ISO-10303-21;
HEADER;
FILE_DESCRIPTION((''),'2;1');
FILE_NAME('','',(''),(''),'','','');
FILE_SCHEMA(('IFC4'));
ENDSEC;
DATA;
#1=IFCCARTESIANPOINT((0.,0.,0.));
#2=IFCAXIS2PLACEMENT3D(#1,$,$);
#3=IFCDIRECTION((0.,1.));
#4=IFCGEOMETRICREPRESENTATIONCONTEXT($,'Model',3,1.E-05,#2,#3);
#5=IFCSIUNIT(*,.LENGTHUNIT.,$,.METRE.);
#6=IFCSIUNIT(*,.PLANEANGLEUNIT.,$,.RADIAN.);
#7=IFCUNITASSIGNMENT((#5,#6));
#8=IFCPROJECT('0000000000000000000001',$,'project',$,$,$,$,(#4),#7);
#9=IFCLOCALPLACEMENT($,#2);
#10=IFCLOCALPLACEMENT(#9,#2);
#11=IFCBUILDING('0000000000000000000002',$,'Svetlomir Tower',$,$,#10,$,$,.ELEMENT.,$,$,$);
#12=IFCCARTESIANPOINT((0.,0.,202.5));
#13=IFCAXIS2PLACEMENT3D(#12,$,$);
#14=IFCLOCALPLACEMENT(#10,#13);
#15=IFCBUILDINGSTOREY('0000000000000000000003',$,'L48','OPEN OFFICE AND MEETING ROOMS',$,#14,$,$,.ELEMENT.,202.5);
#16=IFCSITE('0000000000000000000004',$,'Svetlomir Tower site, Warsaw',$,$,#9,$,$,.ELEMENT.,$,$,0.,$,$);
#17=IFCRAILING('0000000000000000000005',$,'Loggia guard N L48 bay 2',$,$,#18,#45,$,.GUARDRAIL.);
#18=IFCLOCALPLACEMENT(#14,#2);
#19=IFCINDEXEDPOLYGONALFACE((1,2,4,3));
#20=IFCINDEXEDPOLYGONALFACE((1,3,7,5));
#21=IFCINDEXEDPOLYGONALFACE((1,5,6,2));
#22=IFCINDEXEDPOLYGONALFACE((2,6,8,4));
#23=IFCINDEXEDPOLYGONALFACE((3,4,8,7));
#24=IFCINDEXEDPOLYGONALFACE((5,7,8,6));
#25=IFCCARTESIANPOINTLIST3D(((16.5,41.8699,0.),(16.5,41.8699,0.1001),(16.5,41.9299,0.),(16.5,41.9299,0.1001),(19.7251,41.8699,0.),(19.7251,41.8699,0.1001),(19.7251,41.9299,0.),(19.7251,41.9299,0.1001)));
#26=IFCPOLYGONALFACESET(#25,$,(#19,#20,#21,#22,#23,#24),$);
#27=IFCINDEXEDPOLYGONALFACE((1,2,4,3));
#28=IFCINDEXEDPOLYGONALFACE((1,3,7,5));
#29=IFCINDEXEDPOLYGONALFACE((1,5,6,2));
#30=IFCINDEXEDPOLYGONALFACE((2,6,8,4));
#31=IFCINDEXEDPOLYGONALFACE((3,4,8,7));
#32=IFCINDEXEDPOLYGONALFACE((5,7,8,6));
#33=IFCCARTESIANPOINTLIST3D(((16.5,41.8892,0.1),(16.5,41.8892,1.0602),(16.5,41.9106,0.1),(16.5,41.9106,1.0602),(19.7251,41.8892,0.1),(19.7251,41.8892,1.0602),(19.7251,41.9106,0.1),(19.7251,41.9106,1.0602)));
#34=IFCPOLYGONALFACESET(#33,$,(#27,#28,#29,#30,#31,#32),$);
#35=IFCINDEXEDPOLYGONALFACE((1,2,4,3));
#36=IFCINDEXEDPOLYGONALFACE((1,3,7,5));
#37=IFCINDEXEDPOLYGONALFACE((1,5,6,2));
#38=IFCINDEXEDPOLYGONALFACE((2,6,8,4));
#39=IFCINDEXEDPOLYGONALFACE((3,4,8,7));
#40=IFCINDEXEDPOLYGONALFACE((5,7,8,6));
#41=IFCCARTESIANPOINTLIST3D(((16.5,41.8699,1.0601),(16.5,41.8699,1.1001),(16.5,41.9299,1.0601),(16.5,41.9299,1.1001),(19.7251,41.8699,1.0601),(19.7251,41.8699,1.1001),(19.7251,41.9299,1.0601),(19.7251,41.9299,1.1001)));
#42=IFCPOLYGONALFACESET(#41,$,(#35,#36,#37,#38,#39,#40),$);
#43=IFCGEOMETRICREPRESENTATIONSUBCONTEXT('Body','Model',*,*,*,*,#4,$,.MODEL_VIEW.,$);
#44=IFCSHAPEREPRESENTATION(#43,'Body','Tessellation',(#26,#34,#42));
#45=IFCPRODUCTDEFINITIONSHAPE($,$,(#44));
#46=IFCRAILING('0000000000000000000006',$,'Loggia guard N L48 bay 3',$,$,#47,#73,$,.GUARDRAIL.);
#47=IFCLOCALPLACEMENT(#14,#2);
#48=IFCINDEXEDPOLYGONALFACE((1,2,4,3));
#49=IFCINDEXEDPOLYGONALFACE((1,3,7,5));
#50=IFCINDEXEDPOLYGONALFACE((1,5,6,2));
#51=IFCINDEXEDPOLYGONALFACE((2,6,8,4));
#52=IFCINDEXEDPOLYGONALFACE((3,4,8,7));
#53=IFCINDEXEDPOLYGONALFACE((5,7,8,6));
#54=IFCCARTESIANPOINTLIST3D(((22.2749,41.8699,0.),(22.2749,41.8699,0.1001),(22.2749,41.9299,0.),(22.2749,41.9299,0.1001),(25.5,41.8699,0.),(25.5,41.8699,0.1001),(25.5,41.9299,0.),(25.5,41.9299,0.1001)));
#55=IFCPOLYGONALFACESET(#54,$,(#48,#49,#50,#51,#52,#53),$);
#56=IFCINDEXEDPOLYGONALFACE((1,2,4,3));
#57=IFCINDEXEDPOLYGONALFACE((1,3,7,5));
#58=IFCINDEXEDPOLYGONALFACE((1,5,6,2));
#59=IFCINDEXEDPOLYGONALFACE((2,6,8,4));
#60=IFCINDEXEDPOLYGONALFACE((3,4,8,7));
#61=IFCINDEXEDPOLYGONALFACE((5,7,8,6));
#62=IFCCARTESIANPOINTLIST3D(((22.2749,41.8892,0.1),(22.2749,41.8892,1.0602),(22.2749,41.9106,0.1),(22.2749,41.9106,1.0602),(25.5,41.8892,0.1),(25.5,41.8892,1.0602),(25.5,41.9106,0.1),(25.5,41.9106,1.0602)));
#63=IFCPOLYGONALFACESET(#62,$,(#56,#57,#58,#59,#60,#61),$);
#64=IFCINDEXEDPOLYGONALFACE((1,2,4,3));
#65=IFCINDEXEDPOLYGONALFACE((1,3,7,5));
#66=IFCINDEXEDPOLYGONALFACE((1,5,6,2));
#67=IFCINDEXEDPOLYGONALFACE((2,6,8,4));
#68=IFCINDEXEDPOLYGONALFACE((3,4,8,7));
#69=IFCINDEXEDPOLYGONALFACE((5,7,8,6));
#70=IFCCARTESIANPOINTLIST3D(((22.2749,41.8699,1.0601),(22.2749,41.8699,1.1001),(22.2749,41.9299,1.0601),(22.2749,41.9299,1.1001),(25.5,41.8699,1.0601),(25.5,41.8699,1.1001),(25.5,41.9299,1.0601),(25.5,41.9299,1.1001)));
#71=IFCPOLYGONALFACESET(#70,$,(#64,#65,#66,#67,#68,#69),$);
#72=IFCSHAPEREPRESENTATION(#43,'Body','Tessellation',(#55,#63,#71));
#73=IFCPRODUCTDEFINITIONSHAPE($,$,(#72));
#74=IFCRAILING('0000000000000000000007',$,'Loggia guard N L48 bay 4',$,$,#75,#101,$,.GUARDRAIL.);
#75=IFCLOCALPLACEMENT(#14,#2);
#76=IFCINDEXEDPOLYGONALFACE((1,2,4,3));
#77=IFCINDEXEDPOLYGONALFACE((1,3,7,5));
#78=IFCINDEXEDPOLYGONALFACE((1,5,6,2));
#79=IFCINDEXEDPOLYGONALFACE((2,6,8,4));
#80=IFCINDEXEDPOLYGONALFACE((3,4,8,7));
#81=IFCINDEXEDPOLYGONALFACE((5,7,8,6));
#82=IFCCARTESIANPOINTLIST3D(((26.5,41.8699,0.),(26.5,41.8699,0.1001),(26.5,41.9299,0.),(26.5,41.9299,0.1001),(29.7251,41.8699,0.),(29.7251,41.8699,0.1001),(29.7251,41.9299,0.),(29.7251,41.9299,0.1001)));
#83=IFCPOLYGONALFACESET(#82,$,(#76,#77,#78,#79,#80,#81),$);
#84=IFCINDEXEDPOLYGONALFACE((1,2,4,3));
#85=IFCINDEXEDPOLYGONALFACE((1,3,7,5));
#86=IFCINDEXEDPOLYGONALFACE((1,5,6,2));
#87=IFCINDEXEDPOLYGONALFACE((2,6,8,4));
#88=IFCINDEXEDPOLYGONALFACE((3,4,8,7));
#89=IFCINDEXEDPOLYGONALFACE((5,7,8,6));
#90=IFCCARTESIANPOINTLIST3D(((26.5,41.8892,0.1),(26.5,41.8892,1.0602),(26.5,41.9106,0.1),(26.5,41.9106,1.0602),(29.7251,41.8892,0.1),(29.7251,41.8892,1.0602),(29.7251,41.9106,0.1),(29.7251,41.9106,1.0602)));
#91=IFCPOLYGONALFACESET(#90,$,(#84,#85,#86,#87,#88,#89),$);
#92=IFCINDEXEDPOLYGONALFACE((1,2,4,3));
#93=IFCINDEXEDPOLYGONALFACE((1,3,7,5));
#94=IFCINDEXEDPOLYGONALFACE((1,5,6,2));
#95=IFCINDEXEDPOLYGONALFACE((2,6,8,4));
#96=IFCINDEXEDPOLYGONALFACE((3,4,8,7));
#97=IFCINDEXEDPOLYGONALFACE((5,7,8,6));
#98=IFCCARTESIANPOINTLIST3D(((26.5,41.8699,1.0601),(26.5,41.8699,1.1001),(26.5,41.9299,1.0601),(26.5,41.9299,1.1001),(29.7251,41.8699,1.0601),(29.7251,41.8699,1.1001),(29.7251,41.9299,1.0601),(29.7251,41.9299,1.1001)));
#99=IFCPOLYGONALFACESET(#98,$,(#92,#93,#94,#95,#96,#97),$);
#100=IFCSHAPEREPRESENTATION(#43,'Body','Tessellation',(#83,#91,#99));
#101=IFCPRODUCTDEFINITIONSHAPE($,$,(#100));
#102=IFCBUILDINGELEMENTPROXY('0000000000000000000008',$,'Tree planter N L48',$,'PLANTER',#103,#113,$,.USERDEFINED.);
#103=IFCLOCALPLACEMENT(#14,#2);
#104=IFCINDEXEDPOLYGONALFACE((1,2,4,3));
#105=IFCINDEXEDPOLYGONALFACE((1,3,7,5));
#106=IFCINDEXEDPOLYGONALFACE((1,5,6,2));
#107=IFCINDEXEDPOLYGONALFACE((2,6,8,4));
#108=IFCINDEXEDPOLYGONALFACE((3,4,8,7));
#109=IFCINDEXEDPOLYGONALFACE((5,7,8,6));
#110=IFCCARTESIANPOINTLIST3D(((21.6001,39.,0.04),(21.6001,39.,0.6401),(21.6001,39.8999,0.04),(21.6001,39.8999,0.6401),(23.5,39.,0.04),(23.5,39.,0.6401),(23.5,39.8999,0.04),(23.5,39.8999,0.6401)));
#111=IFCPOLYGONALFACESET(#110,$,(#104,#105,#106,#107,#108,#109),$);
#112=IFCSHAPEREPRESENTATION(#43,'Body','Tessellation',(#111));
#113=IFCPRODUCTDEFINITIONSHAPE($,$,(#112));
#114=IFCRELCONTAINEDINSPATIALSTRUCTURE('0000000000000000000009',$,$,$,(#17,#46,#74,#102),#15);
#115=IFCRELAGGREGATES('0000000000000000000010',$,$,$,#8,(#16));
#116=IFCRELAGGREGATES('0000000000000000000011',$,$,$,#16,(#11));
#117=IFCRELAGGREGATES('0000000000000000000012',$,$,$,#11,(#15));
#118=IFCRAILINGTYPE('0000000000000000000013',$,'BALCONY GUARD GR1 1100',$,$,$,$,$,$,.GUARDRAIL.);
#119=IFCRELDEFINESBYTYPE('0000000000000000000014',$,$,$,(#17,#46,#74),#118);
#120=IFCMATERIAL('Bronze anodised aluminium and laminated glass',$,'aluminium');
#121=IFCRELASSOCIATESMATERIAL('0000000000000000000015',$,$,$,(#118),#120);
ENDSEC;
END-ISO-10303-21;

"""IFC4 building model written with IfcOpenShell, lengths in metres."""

from ifc_helpers import new_model, si_unit, direction, frame, origin, origin_2d, place, context, subcontext, project, spatial, rectangle, extrude, material, type_object, element, save


model = new_model("IFC4")

# Units and contexts
model_context = context("Model", 3, precision=1e-05, world=origin(), true_north=direction((0.0, 1.0)))
body_context = subcontext(model_context, "Body", "Model", "MODEL_VIEW")
ifc_project = project(units=[si_unit("LENGTHUNIT", "METRE"), si_unit("PLANEANGLEUNIT", "RADIAN")], contexts=[model_context])

# Site, building, storey
site_placement = place(None, origin())
site = spatial("IfcSite", under=ifc_project, at=site_placement, Name="Svetlomir Tower site, Warsaw", CompositionType="ELEMENT", RefElevation=0.0)
building_placement = place(site_placement, origin())
building = spatial("IfcBuilding", under=site, at=building_placement, Name="Svetlomir Tower", CompositionType="ELEMENT")
storey_placement = place(building_placement, frame((0.0, 0.0, 202.5)))
storey = spatial("IfcBuildingStorey", under=building, at=storey_placement, Name="L48", Description="OPEN OFFICE AND MEETING ROOMS", CompositionType="ELEMENT", Elevation=202.5)

# Railings
ifc_material_1 = material(Name="Bronze anodised aluminium and laminated glass", Category="aluminium")
railing_type = type_object("IfcRailingType", Name="BALCONY GUARD GR1 1100", PredefinedType="GUARDRAIL", material=ifc_material_1)
for number, where, name in (
    (1, (16.5, 41.8999, 0.0), "Loggia guard N L48 bay 2"),
    (2, (22.2749, 41.8999, 0.0), "Loggia guard N L48 bay 3"),
    (3, (26.5, 41.8999, 0.0), "Loggia guard N L48 bay 4"),
):
    element("IfcRailing", number, at=place(storey_placement, frame(where)), inside=storey, type_object=railing_type, Name=name, PredefinedType="GUARDRAIL", context=body_context, shape_type="SweptSolid", body=[
        extrude(rectangle(XDim=0.0601, YDim=0.1001, at=origin_2d()), frame((0.0, 0.0, 0.05), z_axis=(1.0, 0.0, 0.0), x_axis=(0.0, 1.0, 0.0)), (0.0, 0.0, 1.0), 3.2251),
        extrude(rectangle(XDim=0.0215, YDim=0.9602, at=origin_2d()), frame((0.0, 0.0, 0.5801), z_axis=(1.0, 0.0, 0.0), x_axis=(0.0, 1.0, 0.0)), (0.0, 0.0, 1.0), 3.2251),
        extrude(rectangle(XDim=0.0601, YDim=0.04, at=origin_2d()), frame((0.0, 0.0, 1.0801), z_axis=(1.0, 0.0, 0.0), x_axis=(0.0, 1.0, 0.0)), (0.0, 0.0, 1.0), 3.2251),
    ])

# Building element proxy
proxy_placement = place(storey_placement, frame((22.55, 39.45, 0.04), z_axis=(0.0, 0.0, 1.0), x_axis=(1.0, 0.0, 0.0)))
element("IfcBuildingElementProxy", 4, at=proxy_placement, inside=storey, Name="Tree planter N L48", ObjectType="PLANTER", PredefinedType="USERDEFINED", context=body_context, shape_type="SweptSolid", body=[
    extrude(rectangle(XDim=1.8999, YDim=0.8999, at=origin_2d()), origin(), (0.0, 0.0, 1.0), 0.6001),
])

save(model, "model.ifc")
